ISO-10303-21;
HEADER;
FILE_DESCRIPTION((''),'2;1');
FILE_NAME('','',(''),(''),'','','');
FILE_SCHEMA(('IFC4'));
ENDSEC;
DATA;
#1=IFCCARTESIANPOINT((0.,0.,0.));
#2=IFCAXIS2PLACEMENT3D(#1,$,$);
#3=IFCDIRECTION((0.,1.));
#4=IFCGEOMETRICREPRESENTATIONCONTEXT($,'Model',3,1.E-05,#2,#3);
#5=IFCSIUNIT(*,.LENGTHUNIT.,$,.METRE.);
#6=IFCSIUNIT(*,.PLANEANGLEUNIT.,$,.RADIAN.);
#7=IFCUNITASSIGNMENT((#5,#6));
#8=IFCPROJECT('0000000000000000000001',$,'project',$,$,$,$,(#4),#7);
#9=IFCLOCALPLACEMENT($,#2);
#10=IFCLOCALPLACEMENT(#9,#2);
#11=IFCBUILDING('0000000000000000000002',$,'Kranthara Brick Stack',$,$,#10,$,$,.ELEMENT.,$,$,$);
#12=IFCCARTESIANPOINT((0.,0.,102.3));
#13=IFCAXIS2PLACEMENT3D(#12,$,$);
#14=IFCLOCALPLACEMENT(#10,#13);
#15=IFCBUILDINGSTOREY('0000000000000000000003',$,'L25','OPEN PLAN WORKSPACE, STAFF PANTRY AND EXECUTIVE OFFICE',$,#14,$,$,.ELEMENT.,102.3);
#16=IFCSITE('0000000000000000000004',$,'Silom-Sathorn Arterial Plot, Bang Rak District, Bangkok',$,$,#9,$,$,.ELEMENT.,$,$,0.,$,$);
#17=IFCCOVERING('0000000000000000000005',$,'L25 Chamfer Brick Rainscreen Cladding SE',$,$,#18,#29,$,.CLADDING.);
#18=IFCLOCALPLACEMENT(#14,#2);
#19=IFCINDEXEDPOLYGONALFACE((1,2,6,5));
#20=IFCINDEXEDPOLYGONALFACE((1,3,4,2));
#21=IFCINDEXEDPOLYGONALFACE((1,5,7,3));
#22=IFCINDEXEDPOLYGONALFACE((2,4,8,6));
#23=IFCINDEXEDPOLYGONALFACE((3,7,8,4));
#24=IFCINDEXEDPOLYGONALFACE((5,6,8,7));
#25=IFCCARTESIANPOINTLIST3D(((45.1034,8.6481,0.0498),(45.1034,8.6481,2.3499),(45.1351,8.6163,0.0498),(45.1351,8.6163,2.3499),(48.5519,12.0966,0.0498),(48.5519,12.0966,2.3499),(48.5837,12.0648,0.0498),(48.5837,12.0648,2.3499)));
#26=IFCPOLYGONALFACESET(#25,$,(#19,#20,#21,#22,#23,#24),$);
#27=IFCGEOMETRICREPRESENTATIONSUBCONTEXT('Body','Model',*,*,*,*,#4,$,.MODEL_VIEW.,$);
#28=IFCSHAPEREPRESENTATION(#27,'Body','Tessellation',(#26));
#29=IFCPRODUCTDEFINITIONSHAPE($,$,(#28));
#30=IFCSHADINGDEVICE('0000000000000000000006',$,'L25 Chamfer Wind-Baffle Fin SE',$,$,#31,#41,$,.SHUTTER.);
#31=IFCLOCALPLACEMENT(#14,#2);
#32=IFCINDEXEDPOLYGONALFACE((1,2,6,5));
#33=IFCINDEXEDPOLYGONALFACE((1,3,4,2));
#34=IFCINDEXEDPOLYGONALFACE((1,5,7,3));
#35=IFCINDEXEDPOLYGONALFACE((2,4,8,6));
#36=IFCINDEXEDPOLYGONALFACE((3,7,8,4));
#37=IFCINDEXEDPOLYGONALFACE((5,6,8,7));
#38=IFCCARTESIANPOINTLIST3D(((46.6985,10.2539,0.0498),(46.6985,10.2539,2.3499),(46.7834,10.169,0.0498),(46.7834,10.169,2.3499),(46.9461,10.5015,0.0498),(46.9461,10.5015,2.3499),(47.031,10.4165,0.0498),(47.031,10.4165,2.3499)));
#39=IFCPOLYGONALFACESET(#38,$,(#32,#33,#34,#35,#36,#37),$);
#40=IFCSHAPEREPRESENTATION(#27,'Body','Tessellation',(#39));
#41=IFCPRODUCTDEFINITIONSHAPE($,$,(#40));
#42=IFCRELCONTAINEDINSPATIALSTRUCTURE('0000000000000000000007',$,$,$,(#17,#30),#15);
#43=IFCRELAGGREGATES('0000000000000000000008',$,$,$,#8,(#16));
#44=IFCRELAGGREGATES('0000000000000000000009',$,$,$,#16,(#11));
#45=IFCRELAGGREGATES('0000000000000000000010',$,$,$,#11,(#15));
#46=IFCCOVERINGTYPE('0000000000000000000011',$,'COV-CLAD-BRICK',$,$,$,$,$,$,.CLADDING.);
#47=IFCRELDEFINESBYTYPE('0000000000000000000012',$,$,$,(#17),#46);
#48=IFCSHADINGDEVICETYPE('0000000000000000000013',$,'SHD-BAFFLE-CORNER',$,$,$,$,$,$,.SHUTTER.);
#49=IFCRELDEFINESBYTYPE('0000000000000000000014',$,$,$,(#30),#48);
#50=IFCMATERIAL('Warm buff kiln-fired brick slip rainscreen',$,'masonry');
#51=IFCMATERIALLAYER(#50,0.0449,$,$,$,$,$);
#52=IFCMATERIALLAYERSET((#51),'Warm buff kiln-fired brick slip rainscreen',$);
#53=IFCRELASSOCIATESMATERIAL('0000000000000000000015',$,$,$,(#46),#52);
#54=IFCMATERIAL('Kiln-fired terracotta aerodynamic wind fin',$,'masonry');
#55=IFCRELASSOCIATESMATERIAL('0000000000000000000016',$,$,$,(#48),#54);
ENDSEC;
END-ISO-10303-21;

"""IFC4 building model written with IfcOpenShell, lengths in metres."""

from ifc_helpers import new_model, si_unit, direction, frame, origin, origin_2d, place, context, subcontext, project, spatial, rectangle, extrude, material, layer, layer_set, type_object, element, save


model = new_model("IFC4")

# Units and contexts
model_context = context("Model", 3, precision=1e-05, world=origin(), true_north=direction((0.0, 1.0)))
body_context = subcontext(model_context, "Body", "Model", "MODEL_VIEW")
ifc_project = project(units=[si_unit("LENGTHUNIT", "METRE"), si_unit("PLANEANGLEUNIT", "RADIAN")], contexts=[model_context])

# Site, building, storey
site_placement = place(None, origin())
site = spatial("IfcSite", under=ifc_project, at=site_placement, Name="Silom-Sathorn Arterial Plot, Bang Rak District, Bangkok", CompositionType="ELEMENT", RefElevation=0.0)
building_placement = place(site_placement, origin())
building = spatial("IfcBuilding", under=site, at=building_placement, Name="Kranthara Brick Stack", CompositionType="ELEMENT")
storey_placement = place(building_placement, frame((0.0, 0.0, 102.3)))
storey = spatial("IfcBuildingStorey", under=building, at=storey_placement, Name="L25", Description="OPEN PLAN WORKSPACE, STAFF PANTRY AND EXECUTIVE OFFICE", CompositionType="ELEMENT", Elevation=102.3)

# Covering
ifc_material_1 = material(Name="Warm buff kiln-fired brick slip rainscreen", Category="masonry")
ifc_layer_1 = layer(ifc_material_1, 0.0449)
ifc_layer_set_1 = layer_set([ifc_layer_1], Name="Warm buff kiln-fired brick slip rainscreen")
covering_type = type_object("IfcCoveringType", Name="COV-CLAD-BRICK", PredefinedType="CLADDING", material=ifc_layer_set_1)
covering_placement = place(storey_placement, frame((46.8435, 10.3564, 0.0498), z_axis=(0.0, 0.0, 1.0), x_axis=(-0.707107, -0.707107, 0.0)))
element("IfcCovering", 1, at=covering_placement, inside=storey, type_object=covering_type, Name="L25 Chamfer Brick Rainscreen Cladding SE", PredefinedType="CLADDING", context=body_context, shape_type="SweptSolid", body=[
    extrude(rectangle(XDim=4.877, YDim=0.0449, at=origin_2d()), origin(), (0.0, 0.0, 1.0), 2.3),
])

# Shading device
ifc_material_2 = material(Name="Kiln-fired terracotta aerodynamic wind fin", Category="masonry")
shading_device_type = type_object("IfcShadingDeviceType", Name="SHD-BAFFLE-CORNER", PredefinedType="SHUTTER", material=ifc_material_2)
shading_device_placement = place(storey_placement, frame((46.8647, 10.3352, 0.0498), z_axis=(0.0, 0.0, 1.0), x_axis=(-0.707107, -0.707107, 0.0)))
element("IfcShadingDevice", 2, at=shading_device_placement, inside=storey, type_object=shading_device_type, Name="L25 Chamfer Wind-Baffle Fin SE", PredefinedType="SHUTTER", context=body_context, shape_type="SweptSolid", body=[
    extrude(rectangle(XDim=0.3501, YDim=0.1201, at=origin_2d()), origin(), (0.0, 0.0, 1.0), 2.3),
])

save(model, "model.ifc")
